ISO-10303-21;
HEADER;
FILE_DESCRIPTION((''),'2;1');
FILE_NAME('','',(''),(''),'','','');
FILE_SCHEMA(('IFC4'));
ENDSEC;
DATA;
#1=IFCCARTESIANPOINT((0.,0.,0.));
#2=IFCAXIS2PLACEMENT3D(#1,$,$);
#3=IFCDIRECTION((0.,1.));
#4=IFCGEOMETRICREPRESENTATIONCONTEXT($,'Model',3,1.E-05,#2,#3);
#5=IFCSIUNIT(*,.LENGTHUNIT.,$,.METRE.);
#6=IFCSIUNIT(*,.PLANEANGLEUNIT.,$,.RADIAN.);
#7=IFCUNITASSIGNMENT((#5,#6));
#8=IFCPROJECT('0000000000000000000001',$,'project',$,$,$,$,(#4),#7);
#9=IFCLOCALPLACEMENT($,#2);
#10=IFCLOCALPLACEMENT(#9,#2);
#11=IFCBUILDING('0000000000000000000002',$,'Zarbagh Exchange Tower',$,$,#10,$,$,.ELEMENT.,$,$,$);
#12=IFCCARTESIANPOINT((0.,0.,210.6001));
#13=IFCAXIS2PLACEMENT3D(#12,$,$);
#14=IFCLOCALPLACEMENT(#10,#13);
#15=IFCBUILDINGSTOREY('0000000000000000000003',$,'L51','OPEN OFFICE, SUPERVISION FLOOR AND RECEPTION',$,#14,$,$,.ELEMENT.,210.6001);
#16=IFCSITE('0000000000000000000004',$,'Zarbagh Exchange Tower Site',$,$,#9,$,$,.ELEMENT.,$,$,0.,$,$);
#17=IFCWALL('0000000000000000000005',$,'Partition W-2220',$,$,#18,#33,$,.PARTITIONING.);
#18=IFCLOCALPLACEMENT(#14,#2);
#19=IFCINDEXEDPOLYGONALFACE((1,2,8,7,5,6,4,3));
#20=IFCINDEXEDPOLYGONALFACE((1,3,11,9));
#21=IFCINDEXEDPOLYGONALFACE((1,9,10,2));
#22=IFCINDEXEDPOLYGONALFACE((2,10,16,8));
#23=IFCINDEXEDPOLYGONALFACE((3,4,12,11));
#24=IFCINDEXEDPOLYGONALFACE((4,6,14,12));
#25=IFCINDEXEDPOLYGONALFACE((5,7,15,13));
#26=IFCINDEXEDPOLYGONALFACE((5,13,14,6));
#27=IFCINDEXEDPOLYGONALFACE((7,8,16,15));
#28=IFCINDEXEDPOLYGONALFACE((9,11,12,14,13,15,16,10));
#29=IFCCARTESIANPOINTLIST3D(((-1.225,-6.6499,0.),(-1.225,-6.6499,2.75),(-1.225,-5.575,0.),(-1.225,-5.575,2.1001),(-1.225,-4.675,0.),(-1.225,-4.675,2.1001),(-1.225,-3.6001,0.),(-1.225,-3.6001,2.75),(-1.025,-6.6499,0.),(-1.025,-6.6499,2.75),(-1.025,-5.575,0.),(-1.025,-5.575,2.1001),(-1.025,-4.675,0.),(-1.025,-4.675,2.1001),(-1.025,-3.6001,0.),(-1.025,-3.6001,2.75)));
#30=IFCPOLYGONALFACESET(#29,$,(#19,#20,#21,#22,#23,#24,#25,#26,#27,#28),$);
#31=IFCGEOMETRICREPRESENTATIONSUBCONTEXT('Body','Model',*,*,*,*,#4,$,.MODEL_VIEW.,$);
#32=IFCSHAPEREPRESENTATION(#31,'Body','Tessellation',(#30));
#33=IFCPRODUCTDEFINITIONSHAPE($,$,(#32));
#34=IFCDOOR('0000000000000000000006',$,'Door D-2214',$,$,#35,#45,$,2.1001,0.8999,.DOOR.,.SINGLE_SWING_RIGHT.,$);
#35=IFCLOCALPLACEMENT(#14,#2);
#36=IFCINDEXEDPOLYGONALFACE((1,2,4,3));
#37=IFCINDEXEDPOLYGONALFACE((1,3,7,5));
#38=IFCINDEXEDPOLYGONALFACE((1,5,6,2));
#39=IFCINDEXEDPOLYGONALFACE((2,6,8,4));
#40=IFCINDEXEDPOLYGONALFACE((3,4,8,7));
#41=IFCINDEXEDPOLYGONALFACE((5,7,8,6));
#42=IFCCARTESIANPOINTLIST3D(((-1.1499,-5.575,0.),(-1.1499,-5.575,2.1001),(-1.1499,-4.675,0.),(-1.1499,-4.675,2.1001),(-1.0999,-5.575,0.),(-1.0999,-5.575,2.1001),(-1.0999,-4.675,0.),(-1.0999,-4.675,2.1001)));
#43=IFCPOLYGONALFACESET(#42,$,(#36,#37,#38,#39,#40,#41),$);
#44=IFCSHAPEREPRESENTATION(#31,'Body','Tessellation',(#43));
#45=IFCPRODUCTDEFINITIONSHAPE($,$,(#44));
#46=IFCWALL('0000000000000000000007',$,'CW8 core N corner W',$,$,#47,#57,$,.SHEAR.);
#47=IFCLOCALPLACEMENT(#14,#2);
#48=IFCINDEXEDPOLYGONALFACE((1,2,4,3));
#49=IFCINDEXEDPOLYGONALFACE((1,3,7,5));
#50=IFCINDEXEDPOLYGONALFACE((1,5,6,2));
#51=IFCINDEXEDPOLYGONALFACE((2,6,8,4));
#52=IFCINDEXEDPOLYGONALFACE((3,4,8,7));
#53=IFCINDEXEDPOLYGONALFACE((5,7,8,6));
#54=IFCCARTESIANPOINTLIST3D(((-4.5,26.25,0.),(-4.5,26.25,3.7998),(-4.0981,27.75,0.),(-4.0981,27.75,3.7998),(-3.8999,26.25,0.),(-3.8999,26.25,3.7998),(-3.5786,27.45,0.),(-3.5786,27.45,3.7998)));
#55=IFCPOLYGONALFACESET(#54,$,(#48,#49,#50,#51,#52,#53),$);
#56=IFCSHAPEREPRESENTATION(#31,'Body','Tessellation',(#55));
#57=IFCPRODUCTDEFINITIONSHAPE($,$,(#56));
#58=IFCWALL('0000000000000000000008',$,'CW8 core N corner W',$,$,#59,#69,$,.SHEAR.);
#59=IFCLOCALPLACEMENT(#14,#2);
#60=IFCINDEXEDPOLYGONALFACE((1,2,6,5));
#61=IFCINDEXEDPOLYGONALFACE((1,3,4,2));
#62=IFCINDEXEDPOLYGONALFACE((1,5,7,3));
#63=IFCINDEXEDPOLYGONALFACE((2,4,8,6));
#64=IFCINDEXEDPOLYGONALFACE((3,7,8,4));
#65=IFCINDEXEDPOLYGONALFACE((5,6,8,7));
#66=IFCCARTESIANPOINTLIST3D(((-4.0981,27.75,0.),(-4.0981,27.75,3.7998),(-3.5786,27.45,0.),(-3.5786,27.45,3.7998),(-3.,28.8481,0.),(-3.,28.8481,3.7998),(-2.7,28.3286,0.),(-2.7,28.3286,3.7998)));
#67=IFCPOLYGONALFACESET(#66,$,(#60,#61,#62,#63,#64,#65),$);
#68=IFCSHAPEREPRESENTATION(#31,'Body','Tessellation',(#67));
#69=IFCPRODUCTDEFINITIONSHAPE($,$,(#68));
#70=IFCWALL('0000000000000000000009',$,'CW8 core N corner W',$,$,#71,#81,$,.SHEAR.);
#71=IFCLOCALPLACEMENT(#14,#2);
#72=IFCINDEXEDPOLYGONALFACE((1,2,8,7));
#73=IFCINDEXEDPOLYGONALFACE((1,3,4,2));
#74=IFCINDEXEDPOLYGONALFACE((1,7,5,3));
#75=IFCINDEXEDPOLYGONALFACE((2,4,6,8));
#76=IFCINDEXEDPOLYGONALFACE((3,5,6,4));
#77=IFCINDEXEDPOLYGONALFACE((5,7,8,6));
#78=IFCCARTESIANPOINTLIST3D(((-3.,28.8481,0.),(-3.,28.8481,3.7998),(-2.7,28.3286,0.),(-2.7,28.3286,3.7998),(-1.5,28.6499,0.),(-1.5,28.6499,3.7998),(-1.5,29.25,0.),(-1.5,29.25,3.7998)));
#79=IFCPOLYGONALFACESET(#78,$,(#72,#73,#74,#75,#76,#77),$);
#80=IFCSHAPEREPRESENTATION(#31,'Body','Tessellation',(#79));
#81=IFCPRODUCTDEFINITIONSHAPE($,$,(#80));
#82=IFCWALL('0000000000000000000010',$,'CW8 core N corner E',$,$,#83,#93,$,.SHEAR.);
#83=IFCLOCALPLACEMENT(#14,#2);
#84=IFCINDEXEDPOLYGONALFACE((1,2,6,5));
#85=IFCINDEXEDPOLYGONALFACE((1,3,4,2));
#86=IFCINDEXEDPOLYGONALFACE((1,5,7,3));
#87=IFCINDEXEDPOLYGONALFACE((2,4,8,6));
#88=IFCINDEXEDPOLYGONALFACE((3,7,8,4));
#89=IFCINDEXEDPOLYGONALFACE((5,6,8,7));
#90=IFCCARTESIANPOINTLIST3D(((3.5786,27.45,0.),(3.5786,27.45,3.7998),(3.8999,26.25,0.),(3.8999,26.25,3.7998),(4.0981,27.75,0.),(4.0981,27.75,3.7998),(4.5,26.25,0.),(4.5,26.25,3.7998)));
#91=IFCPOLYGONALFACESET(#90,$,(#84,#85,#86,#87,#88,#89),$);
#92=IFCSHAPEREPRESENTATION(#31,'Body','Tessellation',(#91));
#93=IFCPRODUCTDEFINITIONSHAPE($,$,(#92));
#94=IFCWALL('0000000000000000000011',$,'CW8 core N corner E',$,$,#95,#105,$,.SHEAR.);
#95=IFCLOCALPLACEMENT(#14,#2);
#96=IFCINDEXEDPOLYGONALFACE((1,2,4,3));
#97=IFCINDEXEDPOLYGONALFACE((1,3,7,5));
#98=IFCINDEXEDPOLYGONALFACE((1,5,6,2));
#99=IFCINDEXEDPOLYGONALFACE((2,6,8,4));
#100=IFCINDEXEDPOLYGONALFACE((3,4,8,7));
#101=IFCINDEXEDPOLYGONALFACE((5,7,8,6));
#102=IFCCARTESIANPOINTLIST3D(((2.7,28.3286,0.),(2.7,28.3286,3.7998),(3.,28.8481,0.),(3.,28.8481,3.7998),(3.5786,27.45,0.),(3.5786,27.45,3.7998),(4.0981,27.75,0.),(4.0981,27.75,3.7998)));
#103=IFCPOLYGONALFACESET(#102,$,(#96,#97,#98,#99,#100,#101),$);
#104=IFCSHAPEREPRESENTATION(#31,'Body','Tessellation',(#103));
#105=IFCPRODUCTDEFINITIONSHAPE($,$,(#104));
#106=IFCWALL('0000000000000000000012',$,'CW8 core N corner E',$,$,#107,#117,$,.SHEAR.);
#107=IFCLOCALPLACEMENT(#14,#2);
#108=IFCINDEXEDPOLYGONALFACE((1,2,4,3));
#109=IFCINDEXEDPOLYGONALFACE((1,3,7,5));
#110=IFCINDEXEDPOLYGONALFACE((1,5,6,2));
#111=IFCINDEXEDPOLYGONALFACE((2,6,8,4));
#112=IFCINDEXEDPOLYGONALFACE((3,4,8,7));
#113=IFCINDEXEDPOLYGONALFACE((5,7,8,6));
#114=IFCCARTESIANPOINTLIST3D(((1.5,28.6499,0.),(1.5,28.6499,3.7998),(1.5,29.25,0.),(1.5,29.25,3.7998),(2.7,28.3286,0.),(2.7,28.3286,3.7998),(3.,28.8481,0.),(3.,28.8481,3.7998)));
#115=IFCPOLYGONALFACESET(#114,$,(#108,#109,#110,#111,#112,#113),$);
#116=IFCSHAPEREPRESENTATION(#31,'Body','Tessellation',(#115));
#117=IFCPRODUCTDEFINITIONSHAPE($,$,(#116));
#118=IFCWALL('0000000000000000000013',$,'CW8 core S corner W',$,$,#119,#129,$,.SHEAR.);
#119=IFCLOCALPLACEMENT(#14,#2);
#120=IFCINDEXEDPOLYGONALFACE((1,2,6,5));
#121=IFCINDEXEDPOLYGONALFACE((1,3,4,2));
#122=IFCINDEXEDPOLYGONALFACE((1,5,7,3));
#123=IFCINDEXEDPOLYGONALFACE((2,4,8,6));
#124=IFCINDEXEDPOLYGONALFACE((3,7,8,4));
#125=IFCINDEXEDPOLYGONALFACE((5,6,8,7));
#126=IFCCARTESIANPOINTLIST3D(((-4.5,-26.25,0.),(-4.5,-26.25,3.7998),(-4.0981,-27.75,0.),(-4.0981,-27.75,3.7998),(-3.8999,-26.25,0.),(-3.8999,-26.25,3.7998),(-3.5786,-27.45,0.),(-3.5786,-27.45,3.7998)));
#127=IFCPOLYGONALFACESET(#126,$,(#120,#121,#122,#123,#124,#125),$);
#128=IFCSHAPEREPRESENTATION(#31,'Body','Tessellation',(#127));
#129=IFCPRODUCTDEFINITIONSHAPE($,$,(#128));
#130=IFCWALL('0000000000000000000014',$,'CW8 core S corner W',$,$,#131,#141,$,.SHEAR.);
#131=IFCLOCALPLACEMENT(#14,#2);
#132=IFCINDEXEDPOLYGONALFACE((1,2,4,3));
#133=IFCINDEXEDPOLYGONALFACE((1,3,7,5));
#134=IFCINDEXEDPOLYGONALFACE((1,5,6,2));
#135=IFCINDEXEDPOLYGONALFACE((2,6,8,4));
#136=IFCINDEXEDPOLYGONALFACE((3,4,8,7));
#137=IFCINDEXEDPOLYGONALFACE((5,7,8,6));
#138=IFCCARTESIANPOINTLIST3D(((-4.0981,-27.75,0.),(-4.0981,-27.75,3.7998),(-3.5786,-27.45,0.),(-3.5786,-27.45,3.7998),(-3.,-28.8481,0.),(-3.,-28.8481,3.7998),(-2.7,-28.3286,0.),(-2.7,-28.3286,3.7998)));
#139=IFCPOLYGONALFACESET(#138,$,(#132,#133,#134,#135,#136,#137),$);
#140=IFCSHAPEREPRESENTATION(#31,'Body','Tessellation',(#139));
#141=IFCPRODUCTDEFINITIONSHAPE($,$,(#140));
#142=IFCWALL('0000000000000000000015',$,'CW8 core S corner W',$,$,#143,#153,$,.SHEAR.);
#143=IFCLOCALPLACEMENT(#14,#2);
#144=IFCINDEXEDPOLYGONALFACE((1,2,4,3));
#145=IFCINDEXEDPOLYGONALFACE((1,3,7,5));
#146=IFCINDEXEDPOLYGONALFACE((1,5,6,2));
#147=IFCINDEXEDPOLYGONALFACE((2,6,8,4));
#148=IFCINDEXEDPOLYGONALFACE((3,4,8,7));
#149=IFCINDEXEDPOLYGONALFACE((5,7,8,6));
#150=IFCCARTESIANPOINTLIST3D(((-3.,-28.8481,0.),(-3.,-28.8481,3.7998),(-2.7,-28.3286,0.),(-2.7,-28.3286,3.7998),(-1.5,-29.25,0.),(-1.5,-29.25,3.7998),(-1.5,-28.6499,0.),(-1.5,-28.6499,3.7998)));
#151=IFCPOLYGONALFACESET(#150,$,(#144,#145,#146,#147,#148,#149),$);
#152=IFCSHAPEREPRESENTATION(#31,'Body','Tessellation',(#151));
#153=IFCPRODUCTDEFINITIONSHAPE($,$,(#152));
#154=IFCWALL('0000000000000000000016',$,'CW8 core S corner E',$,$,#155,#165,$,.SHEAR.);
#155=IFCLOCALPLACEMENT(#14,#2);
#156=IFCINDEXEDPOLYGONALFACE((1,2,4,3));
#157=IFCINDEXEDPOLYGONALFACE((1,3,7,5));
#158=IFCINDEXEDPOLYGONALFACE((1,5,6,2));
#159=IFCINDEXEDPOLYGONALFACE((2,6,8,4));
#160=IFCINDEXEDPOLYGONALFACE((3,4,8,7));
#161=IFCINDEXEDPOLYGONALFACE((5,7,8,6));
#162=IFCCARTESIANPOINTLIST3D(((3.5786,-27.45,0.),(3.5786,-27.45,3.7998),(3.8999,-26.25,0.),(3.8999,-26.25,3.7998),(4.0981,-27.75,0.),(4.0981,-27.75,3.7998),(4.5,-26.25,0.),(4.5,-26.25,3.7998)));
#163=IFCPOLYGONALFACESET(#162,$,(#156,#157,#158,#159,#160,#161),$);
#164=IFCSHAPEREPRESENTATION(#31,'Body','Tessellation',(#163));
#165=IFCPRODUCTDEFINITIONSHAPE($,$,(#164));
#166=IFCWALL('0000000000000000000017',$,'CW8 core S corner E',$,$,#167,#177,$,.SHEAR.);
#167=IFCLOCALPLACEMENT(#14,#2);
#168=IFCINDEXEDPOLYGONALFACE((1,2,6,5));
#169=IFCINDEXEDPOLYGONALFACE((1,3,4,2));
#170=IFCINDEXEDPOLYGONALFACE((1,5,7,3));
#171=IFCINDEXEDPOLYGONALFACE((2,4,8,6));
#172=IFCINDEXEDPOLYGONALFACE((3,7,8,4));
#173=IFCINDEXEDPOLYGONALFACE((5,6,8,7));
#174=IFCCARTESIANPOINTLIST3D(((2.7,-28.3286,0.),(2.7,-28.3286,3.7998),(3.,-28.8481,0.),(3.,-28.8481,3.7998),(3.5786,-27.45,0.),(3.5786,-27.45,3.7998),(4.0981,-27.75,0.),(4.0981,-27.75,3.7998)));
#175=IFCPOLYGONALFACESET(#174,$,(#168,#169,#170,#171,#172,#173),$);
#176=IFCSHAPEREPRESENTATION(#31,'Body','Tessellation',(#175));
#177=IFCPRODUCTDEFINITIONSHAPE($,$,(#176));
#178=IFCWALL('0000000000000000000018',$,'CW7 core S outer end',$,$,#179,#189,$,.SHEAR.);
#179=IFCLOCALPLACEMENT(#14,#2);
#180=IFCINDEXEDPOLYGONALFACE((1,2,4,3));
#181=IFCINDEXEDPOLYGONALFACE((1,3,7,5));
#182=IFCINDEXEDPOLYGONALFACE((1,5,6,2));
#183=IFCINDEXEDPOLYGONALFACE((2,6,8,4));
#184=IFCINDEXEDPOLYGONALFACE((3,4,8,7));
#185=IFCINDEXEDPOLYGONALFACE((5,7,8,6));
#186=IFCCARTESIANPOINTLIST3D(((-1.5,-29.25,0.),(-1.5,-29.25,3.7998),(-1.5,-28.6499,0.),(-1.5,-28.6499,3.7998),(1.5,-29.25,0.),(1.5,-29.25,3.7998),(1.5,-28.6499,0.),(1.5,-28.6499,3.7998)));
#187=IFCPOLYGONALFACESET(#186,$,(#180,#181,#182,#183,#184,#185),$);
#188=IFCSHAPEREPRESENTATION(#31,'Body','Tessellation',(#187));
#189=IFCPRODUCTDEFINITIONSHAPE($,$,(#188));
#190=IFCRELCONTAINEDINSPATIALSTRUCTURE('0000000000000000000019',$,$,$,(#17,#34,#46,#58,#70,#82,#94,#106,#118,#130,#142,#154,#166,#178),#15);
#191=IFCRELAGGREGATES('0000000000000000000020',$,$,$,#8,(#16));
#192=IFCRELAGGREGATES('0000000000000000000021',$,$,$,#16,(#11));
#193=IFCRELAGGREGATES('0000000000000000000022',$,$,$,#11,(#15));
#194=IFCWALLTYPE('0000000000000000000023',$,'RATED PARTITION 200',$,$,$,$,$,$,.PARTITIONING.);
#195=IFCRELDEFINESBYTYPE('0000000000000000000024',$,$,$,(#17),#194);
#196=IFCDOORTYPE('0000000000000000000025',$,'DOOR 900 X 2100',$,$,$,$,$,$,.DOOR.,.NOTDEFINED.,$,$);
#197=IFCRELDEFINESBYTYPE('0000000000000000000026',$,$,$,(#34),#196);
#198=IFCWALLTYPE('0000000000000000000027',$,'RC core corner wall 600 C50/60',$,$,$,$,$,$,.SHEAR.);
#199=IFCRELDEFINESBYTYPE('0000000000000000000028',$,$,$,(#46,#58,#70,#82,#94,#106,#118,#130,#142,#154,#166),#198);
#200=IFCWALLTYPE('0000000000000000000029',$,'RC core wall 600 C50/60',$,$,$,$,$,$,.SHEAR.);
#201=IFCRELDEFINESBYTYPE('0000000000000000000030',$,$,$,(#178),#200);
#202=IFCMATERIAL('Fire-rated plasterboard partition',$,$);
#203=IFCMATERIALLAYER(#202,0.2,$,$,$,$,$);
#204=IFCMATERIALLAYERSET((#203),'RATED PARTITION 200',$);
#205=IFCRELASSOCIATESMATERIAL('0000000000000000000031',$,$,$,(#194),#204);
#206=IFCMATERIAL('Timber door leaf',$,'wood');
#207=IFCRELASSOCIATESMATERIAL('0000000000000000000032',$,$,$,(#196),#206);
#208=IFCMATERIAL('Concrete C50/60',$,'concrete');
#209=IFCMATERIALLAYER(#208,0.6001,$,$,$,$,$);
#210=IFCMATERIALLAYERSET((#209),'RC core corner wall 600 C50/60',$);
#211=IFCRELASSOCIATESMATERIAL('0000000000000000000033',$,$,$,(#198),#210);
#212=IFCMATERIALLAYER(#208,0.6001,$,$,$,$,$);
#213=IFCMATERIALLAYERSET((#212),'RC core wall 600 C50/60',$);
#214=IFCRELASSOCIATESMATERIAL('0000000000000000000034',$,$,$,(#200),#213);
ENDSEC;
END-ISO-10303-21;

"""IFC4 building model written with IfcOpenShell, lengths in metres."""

from ifc_helpers import new_model, si_unit, direction, frame, frame_2d, origin, place, context, subcontext, project, spatial, polyline, rectangle, outline, extrude, material, layer, layer_set, type_object, element, fill, save


model = new_model("IFC4")

# Units and contexts
model_context = context("Model", 3, precision=1e-05, world=origin(), true_north=direction((0.0, 1.0)))
body_context = subcontext(model_context, "Body", "Model", "MODEL_VIEW")
ifc_project = project(units=[si_unit("LENGTHUNIT", "METRE"), si_unit("PLANEANGLEUNIT", "RADIAN")], contexts=[model_context])

# Site, building, storey
site_placement = place(None, origin())
site = spatial("IfcSite", under=ifc_project, at=site_placement, Name="Zarbagh Exchange Tower Site", CompositionType="ELEMENT", RefElevation=0.0)
building_placement = place(site_placement, origin())
building = spatial("IfcBuilding", under=site, at=building_placement, Name="Zarbagh Exchange Tower", CompositionType="ELEMENT")
storey_placement = place(building_placement, frame((0.0, 0.0, 210.6001)))
storey = spatial("IfcBuildingStorey", under=building, at=storey_placement, Name="L51", Description="OPEN OFFICE, SUPERVISION FLOOR AND RECEPTION", CompositionType="ELEMENT", Elevation=210.6001)

# Shared definitions
ifc_material_1 = material(Name="Fire-rated plasterboard partition")
ifc_layer_1 = layer(ifc_material_1, 0.2)
ifc_layer_set_1 = layer_set([ifc_layer_1], Name="RATED PARTITION 200")
wall_type_1 = type_object("IfcWallType", Name="RATED PARTITION 200", PredefinedType="PARTITIONING", material=ifc_layer_set_1)
ifc_material_2 = material(Name="Timber door leaf", Category="wood")
door_type_1 = type_object("IfcDoorType", Name="DOOR 900 X 2100", OperationType="NOTDEFINED", PredefinedType="DOOR", material=ifc_material_2)

# Wall, opening, door
wall_1_placement = place(storey_placement, frame((-1.125, -6.6499, 0.0), z_axis=(0.0, 0.0, 1.0), x_axis=(0.0, 1.0, 0.0)))
wall_1 = element("IfcWall", 1, at=wall_1_placement, inside=storey, type_object=wall_type_1, Name="Partition W-2220", PredefinedType="PARTITIONING", context=body_context, shape_type="SweptSolid", body=[
    extrude(rectangle(XDim=3.0498, YDim=0.2, at=frame_2d((1.5249, 0.0))), origin(), (0.0, 0.0, 1.0), 2.75),
])
opening_1_placement = place(wall_1_placement, frame((1.075, 0.0, 0.0)))
opening_1 = element("IfcOpeningElement", 2, at=opening_1_placement, cuts=wall_1, PredefinedType="OPENING", context=body_context, shape_type="SweptSolid", body=[
    extrude(rectangle(XDim=0.8999, YDim=2.1001, at=frame_2d((0.45, 1.05))), frame((0.0, 0.1099, 0.0), z_axis=(0.0, -1.0, 0.0), x_axis=(1.0, 0.0, 0.0)), (0.0, 0.0, 1.0), 0.22),
])
door_1_placement = place(opening_1_placement, origin())
door_1 = element("IfcDoor", 3, at=door_1_placement, inside=storey, type_object=door_type_1, Name="Door D-2214", OperationType="SINGLE_SWING_RIGHT", OverallHeight=2.1001, OverallWidth=0.8999, PredefinedType="DOOR", context=body_context, shape_type="SweptSolid", body=[
    extrude(rectangle(XDim=0.8999, YDim=2.1001, at=frame_2d((0.45, 1.05))), frame((0.0, 0.0249, 0.0), z_axis=(0.0, -1.0, 0.0), x_axis=(1.0, 0.0, 0.0)), (0.0, 0.0, 1.0), 0.05),
])
fill(opening_1, door_1)

# Walls
ifc_material_3 = material(Name="Concrete C50/60", Category="concrete")
ifc_layer_2 = layer(ifc_material_3, 0.6001)
ifc_layer_set_2 = layer_set([ifc_layer_2], Name="RC core corner wall 600 C50/60")
wall_type_2 = type_object("IfcWallType", Name="RC core corner wall 600 C50/60", PredefinedType="SHEAR", material=ifc_layer_set_2)
wall_2_placement = place(storey_placement, origin())
element("IfcWall", 4, at=wall_2_placement, inside=storey, type_object=wall_type_2, Name="CW8 core N corner W", PredefinedType="SHEAR", context=body_context, shape_type="SweptSolid", body=[
    extrude(outline(polyline([(-4.5, 26.25), (-4.0981, 27.75), (-3.5786, 27.45), (-3.8999, 26.25), (-4.5, 26.25)])), origin(), (0.0, 0.0, 1.0), 3.7998),
])
wall_3_placement = place(storey_placement, origin())
element("IfcWall", 5, at=wall_3_placement, inside=storey, type_object=wall_type_2, Name="CW8 core N corner W", PredefinedType="SHEAR", context=body_context, shape_type="SweptSolid", body=[
    extrude(outline(polyline([(-4.0981, 27.75), (-3.0, 28.8481), (-2.7, 28.3286), (-3.5786, 27.45), (-4.0981, 27.75)])), origin(), (0.0, 0.0, 1.0), 3.7998),
])
wall_4_placement = place(storey_placement, origin())
element("IfcWall", 6, at=wall_4_placement, inside=storey, type_object=wall_type_2, Name="CW8 core N corner W", PredefinedType="SHEAR", context=body_context, shape_type="SweptSolid", body=[
    extrude(outline(polyline([(-3.0, 28.8481), (-1.5, 29.25), (-1.5, 28.6499), (-2.7, 28.3286), (-3.0, 28.8481)])), origin(), (0.0, 0.0, 1.0), 3.7998),
])
wall_5_placement = place(storey_placement, origin())
element("IfcWall", 7, at=wall_5_placement, inside=storey, type_object=wall_type_2, Name="CW8 core N corner E", PredefinedType="SHEAR", context=body_context, shape_type="SweptSolid", body=[
    extrude(outline(polyline([(4.5, 26.25), (4.0981, 27.75), (3.5786, 27.45), (3.8999, 26.25), (4.5, 26.25)])), origin(), (0.0, 0.0, 1.0), 3.7998),
])
wall_6_placement = place(storey_placement, origin())
element("IfcWall", 8, at=wall_6_placement, inside=storey, type_object=wall_type_2, Name="CW8 core N corner E", PredefinedType="SHEAR", context=body_context, shape_type="SweptSolid", body=[
    extrude(outline(polyline([(4.0981, 27.75), (3.0, 28.8481), (2.7, 28.3286), (3.5786, 27.45), (4.0981, 27.75)])), origin(), (0.0, 0.0, 1.0), 3.7998),
])
wall_7_placement = place(storey_placement, origin())
element("IfcWall", 9, at=wall_7_placement, inside=storey, type_object=wall_type_2, Name="CW8 core N corner E", PredefinedType="SHEAR", context=body_context, shape_type="SweptSolid", body=[
    extrude(outline(polyline([(3.0, 28.8481), (1.5, 29.25), (1.5, 28.6499), (2.7, 28.3286), (3.0, 28.8481)])), origin(), (0.0, 0.0, 1.0), 3.7998),
])
wall_8_placement = place(storey_placement, origin())
element("IfcWall", 10, at=wall_8_placement, inside=storey, type_object=wall_type_2, Name="CW8 core S corner W", PredefinedType="SHEAR", context=body_context, shape_type="SweptSolid", body=[
    extrude(outline(polyline([(-4.5, -26.25), (-4.0981, -27.75), (-3.5786, -27.45), (-3.8999, -26.25), (-4.5, -26.25)])), origin(), (0.0, 0.0, 1.0), 3.7998),
])
wall_9_placement = place(storey_placement, origin())
element("IfcWall", 11, at=wall_9_placement, inside=storey, type_object=wall_type_2, Name="CW8 core S corner W", PredefinedType="SHEAR", context=body_context, shape_type="SweptSolid", body=[
    extrude(outline(polyline([(-4.0981, -27.75), (-3.0, -28.8481), (-2.7, -28.3286), (-3.5786, -27.45), (-4.0981, -27.75)])), origin(), (0.0, 0.0, 1.0), 3.7998),
])
wall_10_placement = place(storey_placement, origin())
element("IfcWall", 12, at=wall_10_placement, inside=storey, type_object=wall_type_2, Name="CW8 core S corner W", PredefinedType="SHEAR", context=body_context, shape_type="SweptSolid", body=[
    extrude(outline(polyline([(-3.0, -28.8481), (-1.5, -29.25), (-1.5, -28.6499), (-2.7, -28.3286), (-3.0, -28.8481)])), origin(), (0.0, 0.0, 1.0), 3.7998),
])
wall_11_placement = place(storey_placement, origin())
element("IfcWall", 13, at=wall_11_placement, inside=storey, type_object=wall_type_2, Name="CW8 core S corner E", PredefinedType="SHEAR", context=body_context, shape_type="SweptSolid", body=[
    extrude(outline(polyline([(4.5, -26.25), (4.0981, -27.75), (3.5786, -27.45), (3.8999, -26.25), (4.5, -26.25)])), origin(), (0.0, 0.0, 1.0), 3.7998),
])
wall_12_placement = place(storey_placement, origin())
element("IfcWall", 14, at=wall_12_placement, inside=storey, type_object=wall_type_2, Name="CW8 core S corner E", PredefinedType="SHEAR", context=body_context, shape_type="SweptSolid", body=[
    extrude(outline(polyline([(4.0981, -27.75), (3.0, -28.8481), (2.7, -28.3286), (3.5786, -27.45), (4.0981, -27.75)])), origin(), (0.0, 0.0, 1.0), 3.7998),
])
ifc_layer_3 = layer(ifc_material_3, 0.6001)
ifc_layer_set_3 = layer_set([ifc_layer_3], Name="RC core wall 600 C50/60")
wall_type_3 = type_object("IfcWallType", Name="RC core wall 600 C50/60", PredefinedType="SHEAR", material=ifc_layer_set_3)
wall_13_placement = place(storey_placement, frame((-1.5, -28.95, 0.0), z_axis=(0.0, 0.0, 1.0), x_axis=(1.0, 0.0, 0.0)))
element("IfcWall", 15, at=wall_13_placement, inside=storey, type_object=wall_type_3, Name="CW7 core S outer end", PredefinedType="SHEAR", context=body_context, shape_type="SweptSolid", body=[
    extrude(rectangle(XDim=3.0, YDim=0.6001, at=frame_2d((1.5, 0.0))), origin(), (0.0, 0.0, 1.0), 3.7998),
])

save(model, "model.ifc")
